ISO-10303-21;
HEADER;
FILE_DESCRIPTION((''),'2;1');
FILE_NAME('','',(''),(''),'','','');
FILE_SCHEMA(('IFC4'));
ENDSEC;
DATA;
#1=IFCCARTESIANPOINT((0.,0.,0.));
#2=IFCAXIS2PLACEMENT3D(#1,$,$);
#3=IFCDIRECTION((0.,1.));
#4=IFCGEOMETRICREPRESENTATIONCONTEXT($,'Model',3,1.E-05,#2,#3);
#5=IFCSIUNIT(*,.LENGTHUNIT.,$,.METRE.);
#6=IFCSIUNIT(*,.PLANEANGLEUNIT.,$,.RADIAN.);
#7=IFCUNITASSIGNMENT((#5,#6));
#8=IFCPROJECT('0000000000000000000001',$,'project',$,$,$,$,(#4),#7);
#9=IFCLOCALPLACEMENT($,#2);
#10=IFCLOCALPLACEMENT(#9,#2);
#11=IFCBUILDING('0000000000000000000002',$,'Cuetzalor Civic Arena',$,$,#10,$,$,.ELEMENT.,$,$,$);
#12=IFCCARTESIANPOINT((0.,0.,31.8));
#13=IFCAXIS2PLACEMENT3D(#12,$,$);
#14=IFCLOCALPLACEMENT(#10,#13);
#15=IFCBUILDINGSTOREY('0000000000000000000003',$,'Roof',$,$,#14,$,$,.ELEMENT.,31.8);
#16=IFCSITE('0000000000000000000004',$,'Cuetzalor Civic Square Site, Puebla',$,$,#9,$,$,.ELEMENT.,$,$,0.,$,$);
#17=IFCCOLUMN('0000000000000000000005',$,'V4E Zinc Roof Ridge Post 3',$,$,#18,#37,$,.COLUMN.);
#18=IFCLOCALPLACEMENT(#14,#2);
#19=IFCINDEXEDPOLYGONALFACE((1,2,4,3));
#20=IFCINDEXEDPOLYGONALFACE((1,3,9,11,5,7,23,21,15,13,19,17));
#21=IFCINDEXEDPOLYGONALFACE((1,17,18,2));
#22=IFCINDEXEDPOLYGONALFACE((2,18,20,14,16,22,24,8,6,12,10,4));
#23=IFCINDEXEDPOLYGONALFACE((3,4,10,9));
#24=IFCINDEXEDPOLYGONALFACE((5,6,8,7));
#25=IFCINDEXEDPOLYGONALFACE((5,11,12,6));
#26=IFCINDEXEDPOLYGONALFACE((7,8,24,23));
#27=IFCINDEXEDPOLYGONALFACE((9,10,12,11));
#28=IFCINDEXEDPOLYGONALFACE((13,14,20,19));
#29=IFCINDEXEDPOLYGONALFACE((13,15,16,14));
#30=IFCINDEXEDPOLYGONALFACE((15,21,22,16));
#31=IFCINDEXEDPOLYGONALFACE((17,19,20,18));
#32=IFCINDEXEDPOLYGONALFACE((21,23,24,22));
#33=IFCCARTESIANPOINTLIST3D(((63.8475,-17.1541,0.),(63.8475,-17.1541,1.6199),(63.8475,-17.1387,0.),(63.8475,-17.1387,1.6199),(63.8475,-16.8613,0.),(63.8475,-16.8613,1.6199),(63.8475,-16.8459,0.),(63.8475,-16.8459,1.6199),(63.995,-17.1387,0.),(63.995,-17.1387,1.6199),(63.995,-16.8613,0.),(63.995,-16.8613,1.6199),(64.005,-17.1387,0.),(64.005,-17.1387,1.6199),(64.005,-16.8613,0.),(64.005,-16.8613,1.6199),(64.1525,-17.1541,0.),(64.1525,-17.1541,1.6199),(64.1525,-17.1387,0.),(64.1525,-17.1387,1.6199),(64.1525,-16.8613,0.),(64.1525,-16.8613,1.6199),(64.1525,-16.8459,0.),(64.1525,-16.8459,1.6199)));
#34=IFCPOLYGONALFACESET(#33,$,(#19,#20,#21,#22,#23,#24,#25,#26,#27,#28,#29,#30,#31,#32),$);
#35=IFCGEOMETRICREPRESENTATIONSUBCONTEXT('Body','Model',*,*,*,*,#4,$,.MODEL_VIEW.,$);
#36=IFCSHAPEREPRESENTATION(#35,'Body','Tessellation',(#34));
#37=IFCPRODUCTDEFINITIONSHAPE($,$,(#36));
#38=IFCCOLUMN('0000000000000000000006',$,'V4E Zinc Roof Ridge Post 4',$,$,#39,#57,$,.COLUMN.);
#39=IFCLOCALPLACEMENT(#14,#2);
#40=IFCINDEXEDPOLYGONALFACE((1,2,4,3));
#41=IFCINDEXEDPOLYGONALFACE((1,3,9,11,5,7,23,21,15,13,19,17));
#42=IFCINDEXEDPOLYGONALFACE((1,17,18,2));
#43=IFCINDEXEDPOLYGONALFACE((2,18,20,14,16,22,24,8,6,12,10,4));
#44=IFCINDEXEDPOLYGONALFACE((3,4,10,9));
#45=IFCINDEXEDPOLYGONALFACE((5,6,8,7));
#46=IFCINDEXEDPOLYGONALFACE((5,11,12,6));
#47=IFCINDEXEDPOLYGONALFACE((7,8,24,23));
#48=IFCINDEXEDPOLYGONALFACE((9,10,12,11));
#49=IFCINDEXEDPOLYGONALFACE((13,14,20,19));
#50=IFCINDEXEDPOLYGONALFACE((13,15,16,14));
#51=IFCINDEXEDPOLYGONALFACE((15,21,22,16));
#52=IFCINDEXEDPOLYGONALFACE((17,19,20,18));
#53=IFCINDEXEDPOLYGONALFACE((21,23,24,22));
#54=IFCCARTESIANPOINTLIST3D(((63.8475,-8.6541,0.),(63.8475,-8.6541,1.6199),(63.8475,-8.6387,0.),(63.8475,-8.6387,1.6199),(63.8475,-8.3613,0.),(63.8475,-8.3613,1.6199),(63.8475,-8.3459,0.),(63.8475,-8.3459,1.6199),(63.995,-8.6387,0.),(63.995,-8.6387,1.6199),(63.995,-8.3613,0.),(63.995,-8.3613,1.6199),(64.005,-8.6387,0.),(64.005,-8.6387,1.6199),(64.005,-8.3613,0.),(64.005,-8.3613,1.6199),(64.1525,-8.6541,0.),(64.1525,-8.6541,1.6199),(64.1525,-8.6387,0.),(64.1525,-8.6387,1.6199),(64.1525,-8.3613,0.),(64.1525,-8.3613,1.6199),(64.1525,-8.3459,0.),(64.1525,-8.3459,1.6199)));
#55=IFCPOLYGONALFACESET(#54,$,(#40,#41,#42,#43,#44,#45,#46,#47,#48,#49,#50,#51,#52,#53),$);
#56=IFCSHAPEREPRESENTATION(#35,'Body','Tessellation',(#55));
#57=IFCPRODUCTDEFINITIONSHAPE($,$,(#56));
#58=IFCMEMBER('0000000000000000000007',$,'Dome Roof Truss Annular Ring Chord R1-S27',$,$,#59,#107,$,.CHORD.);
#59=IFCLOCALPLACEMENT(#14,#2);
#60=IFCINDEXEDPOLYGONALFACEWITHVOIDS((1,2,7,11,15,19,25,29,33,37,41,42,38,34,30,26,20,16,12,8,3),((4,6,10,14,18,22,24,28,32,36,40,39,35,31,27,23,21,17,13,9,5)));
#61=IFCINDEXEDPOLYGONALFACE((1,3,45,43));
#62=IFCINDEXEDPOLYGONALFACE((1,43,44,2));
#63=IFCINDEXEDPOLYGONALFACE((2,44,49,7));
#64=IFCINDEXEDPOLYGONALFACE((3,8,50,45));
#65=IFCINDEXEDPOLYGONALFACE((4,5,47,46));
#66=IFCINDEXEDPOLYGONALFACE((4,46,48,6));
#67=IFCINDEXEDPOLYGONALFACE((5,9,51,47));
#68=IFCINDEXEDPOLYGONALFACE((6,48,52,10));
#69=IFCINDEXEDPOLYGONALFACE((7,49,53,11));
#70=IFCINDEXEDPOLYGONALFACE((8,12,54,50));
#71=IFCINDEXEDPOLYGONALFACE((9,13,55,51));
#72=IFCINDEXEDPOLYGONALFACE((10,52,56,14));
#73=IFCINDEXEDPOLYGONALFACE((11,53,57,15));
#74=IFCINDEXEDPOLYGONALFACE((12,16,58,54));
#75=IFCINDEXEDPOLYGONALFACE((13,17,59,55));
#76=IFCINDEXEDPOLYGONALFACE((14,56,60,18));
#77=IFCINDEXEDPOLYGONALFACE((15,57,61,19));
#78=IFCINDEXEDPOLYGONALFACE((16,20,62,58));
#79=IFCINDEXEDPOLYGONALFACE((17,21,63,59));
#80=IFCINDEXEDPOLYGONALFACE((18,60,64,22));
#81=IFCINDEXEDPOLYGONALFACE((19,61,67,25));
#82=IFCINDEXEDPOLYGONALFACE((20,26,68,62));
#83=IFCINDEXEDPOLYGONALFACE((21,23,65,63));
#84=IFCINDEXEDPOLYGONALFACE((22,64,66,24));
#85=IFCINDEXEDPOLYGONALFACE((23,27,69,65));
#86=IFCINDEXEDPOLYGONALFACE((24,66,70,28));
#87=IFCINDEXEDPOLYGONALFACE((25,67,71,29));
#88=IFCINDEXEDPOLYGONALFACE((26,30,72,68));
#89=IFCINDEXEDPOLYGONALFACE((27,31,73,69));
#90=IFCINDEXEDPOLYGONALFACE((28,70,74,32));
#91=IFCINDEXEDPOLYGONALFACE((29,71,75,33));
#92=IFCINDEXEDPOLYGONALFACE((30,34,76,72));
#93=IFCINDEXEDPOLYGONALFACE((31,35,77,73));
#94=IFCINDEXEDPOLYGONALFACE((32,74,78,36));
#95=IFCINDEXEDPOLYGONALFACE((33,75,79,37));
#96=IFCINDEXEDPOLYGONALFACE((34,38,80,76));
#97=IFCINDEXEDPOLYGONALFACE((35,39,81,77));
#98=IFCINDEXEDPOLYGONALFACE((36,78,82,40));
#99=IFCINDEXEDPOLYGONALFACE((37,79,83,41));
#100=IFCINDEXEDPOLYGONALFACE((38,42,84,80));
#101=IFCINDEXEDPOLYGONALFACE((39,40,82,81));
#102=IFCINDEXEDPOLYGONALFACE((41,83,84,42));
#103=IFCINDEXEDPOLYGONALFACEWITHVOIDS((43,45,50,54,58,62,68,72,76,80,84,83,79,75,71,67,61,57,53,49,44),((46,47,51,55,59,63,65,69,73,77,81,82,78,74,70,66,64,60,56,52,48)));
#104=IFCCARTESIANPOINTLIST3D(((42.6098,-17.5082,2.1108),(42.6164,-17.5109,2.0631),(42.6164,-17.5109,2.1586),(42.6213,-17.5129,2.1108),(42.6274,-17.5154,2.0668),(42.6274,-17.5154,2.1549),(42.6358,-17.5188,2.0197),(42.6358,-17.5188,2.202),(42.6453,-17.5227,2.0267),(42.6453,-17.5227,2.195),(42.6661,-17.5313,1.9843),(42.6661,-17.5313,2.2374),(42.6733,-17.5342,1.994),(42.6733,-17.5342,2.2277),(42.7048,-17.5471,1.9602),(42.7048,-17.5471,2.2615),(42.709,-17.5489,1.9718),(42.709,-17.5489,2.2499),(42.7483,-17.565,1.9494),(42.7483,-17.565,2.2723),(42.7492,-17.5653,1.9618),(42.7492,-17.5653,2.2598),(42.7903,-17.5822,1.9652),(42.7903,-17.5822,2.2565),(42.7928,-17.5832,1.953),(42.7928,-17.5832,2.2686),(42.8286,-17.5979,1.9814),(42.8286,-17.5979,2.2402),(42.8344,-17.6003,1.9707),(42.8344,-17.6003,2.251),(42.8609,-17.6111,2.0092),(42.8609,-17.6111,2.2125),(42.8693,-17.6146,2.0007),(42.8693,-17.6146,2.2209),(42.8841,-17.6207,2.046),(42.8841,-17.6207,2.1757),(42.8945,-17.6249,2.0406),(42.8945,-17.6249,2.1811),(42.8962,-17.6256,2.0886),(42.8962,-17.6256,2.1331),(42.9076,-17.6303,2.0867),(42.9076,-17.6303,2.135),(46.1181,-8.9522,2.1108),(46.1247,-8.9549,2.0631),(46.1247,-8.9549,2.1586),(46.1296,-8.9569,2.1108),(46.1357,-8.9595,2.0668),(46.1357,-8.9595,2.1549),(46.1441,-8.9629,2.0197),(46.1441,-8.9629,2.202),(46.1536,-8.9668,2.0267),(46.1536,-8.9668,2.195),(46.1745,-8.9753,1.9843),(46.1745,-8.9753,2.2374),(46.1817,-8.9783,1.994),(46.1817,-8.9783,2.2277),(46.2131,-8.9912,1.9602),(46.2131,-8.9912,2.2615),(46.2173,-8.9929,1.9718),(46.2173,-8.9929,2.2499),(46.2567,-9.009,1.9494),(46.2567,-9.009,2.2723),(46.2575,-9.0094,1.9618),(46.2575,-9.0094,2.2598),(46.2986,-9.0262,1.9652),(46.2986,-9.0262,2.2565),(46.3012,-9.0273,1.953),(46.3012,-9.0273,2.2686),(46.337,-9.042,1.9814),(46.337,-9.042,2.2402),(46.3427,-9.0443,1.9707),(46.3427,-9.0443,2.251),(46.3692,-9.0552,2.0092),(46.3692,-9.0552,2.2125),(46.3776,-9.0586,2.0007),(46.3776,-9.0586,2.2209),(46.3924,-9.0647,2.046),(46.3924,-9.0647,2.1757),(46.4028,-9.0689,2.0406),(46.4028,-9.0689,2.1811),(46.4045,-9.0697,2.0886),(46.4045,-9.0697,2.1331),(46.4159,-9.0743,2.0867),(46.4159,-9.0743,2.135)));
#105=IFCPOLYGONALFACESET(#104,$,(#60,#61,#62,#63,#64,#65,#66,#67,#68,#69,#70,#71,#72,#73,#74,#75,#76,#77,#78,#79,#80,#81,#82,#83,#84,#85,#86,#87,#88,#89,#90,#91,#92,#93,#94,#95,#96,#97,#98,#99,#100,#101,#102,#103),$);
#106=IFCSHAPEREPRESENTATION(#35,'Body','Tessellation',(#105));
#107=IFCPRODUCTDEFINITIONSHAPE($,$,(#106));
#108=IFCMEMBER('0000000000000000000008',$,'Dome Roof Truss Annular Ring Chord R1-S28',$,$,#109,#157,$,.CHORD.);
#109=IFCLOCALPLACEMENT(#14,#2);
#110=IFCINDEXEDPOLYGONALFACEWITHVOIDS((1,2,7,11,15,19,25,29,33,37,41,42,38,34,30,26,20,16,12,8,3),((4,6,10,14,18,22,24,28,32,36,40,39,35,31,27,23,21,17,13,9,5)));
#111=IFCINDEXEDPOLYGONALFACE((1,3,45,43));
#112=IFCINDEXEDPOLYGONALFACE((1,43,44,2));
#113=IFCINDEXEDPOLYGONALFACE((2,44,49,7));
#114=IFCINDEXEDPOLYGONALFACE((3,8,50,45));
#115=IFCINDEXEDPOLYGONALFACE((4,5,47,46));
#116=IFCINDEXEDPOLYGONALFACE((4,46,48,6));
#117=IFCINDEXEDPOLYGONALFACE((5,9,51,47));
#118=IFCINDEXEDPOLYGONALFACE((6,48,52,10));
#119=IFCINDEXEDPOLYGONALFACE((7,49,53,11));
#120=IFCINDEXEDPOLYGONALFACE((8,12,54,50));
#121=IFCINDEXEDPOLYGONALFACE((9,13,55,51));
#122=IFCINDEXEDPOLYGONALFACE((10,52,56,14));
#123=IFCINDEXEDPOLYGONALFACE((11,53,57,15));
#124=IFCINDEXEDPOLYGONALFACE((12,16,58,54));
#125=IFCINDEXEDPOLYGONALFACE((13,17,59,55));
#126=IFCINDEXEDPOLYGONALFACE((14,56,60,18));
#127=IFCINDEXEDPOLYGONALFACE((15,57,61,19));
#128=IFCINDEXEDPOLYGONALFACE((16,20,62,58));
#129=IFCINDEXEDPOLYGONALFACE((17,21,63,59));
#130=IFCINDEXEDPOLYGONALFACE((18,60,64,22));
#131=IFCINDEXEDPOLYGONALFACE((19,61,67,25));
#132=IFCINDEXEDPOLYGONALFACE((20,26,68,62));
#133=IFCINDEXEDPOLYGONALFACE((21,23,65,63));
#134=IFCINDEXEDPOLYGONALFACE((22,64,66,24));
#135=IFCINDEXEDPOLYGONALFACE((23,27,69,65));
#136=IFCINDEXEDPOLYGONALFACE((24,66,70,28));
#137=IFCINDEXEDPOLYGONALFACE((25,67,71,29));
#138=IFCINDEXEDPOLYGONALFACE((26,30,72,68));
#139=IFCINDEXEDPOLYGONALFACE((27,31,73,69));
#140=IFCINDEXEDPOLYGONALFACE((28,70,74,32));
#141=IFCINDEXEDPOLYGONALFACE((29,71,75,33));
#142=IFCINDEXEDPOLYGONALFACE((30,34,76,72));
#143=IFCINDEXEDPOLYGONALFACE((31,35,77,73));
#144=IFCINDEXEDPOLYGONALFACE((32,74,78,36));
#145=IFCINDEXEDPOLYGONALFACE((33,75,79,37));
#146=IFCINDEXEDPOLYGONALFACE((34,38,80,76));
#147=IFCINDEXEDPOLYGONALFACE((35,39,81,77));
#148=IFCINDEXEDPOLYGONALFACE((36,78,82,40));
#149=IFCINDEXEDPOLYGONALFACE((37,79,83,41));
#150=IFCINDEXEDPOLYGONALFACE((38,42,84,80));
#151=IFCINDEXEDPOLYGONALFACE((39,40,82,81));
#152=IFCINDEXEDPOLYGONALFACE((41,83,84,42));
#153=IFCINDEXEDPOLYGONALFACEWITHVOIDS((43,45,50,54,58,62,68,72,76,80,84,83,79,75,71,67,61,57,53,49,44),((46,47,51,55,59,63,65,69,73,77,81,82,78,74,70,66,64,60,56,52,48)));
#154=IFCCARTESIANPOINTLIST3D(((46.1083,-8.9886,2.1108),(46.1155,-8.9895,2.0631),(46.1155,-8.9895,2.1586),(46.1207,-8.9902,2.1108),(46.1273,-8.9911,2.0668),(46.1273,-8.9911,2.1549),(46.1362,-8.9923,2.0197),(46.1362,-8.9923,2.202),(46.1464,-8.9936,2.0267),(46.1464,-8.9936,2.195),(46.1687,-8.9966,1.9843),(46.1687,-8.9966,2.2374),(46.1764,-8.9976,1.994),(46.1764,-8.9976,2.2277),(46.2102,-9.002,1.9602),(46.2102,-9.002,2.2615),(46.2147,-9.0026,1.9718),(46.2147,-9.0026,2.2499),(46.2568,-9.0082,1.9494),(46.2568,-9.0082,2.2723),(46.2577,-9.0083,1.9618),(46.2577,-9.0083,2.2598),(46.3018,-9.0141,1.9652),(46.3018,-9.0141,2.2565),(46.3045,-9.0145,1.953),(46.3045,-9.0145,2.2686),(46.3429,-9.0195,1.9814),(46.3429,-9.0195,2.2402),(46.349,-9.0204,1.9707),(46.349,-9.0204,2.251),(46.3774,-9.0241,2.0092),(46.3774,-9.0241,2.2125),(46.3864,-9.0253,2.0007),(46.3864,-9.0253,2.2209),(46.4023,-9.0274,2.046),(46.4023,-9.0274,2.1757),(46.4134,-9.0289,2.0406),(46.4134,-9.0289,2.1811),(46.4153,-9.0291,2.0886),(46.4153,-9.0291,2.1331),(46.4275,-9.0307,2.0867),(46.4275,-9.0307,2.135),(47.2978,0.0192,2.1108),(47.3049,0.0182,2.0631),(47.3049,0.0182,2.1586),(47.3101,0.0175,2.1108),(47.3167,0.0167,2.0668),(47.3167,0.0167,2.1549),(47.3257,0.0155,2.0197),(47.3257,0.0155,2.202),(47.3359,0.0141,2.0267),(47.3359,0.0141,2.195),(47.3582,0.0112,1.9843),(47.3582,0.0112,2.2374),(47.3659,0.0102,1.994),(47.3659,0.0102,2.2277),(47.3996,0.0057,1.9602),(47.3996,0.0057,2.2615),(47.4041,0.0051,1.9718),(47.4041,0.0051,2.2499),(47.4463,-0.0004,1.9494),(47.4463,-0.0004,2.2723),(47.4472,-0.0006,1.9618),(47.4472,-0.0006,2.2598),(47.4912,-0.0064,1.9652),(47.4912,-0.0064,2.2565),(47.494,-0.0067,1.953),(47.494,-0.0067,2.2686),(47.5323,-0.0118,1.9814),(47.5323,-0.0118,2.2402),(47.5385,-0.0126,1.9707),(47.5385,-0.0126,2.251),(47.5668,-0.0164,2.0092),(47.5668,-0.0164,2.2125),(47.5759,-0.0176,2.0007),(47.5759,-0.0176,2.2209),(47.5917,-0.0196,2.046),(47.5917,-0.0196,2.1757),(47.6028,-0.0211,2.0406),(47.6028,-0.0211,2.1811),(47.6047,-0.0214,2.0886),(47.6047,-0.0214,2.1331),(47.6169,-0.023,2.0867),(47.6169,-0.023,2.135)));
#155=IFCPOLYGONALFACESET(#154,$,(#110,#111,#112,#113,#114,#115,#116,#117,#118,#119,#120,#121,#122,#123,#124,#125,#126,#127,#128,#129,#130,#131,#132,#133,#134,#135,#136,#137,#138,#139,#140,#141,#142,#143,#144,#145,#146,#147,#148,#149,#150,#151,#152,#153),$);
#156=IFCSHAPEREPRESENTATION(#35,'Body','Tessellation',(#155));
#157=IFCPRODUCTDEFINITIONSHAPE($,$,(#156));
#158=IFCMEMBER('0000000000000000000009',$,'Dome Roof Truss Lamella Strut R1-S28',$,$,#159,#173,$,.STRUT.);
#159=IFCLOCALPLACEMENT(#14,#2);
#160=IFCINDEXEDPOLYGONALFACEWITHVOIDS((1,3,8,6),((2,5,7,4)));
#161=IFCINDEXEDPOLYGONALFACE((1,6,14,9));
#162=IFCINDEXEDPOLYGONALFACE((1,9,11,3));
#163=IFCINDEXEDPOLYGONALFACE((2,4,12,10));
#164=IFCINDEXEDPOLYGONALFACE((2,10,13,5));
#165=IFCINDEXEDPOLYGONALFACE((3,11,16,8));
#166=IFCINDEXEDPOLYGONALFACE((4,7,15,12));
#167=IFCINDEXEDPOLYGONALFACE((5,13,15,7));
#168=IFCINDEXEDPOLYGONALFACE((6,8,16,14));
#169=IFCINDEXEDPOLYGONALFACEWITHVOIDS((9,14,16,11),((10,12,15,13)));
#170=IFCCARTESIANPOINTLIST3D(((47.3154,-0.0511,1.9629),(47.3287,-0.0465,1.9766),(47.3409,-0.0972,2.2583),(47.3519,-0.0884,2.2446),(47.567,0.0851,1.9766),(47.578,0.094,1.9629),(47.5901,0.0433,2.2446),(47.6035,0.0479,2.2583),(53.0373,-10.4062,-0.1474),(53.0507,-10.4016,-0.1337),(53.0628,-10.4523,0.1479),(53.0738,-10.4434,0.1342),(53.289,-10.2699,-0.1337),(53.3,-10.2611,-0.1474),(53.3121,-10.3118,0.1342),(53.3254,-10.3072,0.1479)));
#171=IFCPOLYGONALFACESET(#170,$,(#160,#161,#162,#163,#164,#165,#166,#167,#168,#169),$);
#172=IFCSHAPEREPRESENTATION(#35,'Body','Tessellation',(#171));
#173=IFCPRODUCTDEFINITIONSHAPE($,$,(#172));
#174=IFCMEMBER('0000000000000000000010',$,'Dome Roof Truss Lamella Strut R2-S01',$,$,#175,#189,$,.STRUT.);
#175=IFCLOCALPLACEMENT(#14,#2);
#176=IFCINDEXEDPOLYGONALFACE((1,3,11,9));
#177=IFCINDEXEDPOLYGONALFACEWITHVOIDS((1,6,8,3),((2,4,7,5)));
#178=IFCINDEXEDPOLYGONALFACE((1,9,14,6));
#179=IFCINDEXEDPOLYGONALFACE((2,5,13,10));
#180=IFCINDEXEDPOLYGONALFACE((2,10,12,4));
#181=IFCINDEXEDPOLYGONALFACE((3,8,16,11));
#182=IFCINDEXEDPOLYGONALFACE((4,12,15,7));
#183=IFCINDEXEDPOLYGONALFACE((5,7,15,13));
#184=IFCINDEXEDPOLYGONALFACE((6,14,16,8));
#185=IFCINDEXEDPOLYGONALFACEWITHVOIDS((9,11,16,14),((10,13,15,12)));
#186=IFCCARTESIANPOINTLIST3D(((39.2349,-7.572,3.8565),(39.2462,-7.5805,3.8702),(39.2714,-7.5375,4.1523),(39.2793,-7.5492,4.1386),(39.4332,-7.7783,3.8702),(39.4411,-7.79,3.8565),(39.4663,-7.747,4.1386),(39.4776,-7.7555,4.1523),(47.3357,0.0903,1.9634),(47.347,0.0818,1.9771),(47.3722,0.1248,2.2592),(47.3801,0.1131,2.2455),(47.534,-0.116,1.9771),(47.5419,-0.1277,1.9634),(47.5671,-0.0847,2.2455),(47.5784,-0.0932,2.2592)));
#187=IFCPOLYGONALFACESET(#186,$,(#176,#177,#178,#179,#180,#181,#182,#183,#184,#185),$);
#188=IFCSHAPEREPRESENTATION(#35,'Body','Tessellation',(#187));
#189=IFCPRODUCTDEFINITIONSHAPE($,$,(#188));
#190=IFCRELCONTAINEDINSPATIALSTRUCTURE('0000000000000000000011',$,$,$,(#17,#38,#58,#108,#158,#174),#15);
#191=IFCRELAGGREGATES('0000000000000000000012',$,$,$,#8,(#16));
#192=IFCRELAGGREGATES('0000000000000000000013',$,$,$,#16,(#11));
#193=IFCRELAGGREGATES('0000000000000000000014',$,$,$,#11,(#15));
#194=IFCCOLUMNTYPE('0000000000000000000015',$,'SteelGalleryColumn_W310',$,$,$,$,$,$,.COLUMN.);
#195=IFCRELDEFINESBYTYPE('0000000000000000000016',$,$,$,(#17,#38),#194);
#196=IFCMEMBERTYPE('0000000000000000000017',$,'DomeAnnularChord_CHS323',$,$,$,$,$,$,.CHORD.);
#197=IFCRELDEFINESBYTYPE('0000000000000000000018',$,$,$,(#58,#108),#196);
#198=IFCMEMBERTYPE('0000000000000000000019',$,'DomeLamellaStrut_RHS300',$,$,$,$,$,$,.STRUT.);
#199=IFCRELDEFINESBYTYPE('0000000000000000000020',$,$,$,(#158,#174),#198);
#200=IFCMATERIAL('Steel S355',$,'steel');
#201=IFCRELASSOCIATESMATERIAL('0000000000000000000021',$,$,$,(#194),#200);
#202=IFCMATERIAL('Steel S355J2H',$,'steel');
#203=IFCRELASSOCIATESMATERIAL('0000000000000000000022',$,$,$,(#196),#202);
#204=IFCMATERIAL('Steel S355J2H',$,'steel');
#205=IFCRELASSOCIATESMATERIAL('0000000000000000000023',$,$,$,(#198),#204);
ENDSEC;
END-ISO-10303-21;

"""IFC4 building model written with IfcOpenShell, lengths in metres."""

from ifc_helpers import new_model, si_unit, direction, frame, origin, origin_2d, place, context, subcontext, project, spatial, hollow_rectangle, hollow_circle, i_section, extrude, material, material_profile, profile_set, type_object, element, save


model = new_model("IFC4")

# Units and contexts
model_context = context("Model", 3, precision=1e-05, world=origin(), true_north=direction((0.0, 1.0)))
body_context = subcontext(model_context, "Body", "Model", "MODEL_VIEW")
ifc_project = project(units=[si_unit("LENGTHUNIT", "METRE"), si_unit("PLANEANGLEUNIT", "RADIAN")], contexts=[model_context])

# Site, building, storey
site_placement = place(None, origin())
site = spatial("IfcSite", under=ifc_project, at=site_placement, Name="Cuetzalor Civic Square Site, Puebla", CompositionType="ELEMENT", RefElevation=0.0)
building_placement = place(site_placement, origin())
building = spatial("IfcBuilding", under=site, at=building_placement, Name="Cuetzalor Civic Arena", CompositionType="ELEMENT")
storey_placement = place(building_placement, frame((0.0, 0.0, 31.8)))
storey = spatial("IfcBuildingStorey", under=building, at=storey_placement, Name="Roof", CompositionType="ELEMENT", Elevation=31.8)

# Columns
ifc_material_1 = material(Name="Steel S355", Category="steel")
ifc_material_profile_1 = material_profile(ifc_material_1, i_section(OverallWidth=0.3049, OverallDepth=0.3081, WebThickness=0.01, FlangeThickness=0.0154, at=origin_2d()), Name="W310x97")
ifc_profile_set_1 = profile_set([ifc_material_profile_1], Name="Steel S355")
column_type = type_object("IfcColumnType", Name="SteelGalleryColumn_W310", PredefinedType="COLUMN", material=ifc_profile_set_1)
for number, where, z_axis, x_axis, name in (
    (1, (64.0, -17.0, 0.0), (0.0, 0.0, 1.0), (1.0, 0.0, 0.0), "V4E Zinc Roof Ridge Post 3"),
    (2, (64.0, -8.5, 0.0), (0.0, 0.0, 1.0), (1.0, 0.0, 0.0), "V4E Zinc Roof Ridge Post 4"),
):
    element("IfcColumn", number, at=place(storey_placement, frame(where, z_axis=z_axis, x_axis=x_axis)), inside=storey, type_object=column_type, Name=name, PredefinedType="COLUMN", context=body_context, shape_type="SweptSolid", body=[
        extrude(i_section(OverallWidth=0.3049, OverallDepth=0.3081, WebThickness=0.01, FlangeThickness=0.0154, at=origin_2d()), origin(), (0.0, 0.0, 1.0), 1.6199),
    ])

# Members
ifc_material_2 = material(Name="Steel S355J2H", Category="steel")
ifc_material_profile_2 = material_profile(ifc_material_2, hollow_circle(Radius=0.1619, WallThickness=0.0125, at=origin_2d()), Name="CHS 323.9x12.5")
ifc_profile_set_2 = profile_set([ifc_material_profile_2], Name="Steel S355J2H")
member_type_1 = type_object("IfcMemberType", Name="DomeAnnularChord_CHS323", PredefinedType="CHORD", material=ifc_profile_set_2)
member_1_placement = place(storey_placement, frame((42.7595, -17.5696, 2.1108), z_axis=(0.379388, 0.925238, 0.0), x_axis=(-0.925238, 0.379388, 0.0)))
element("IfcMember", 3, at=member_1_placement, inside=storey, type_object=member_type_1, Name="Dome Roof Truss Annular Ring Chord R1-S27", PredefinedType="CHORD", context=body_context, shape_type="SweptSolid", body=[
    extrude(hollow_circle(Radius=0.1619, WallThickness=0.0125, at=origin_2d()), origin(), (0.0, 0.0, 1.0), 9.2473),
])
member_2_placement = place(storey_placement, frame((46.2688, -9.0098, 2.1108), z_axis=(0.13091, 0.991394, 0.0), x_axis=(-0.991394, 0.13091, 0.0)))
element("IfcMember", 4, at=member_2_placement, inside=storey, type_object=member_type_1, Name="Dome Roof Truss Annular Ring Chord R1-S28", PredefinedType="CHORD", context=body_context, shape_type="SweptSolid", body=[
    extrude(hollow_circle(Radius=0.1619, WallThickness=0.0125, at=origin_2d()), origin(), (0.0, 0.0, 1.0), 9.0859),
])
ifc_material_3 = material(Name="Steel S355J2H", Category="steel")
ifc_material_profile_3 = material_profile(ifc_material_3, hollow_rectangle(XDim=0.3, YDim=0.3, WallThickness=0.0139, at=origin_2d()), Name="RHS 300x300x14")
ifc_profile_set_3 = profile_set([ifc_material_profile_3], Name="Steel S355J2H")
member_type_2 = type_object("IfcMemberType", Name="DomeLamellaStrut_RHS300", PredefinedType="STRUT", material=ifc_profile_set_3)
member_3_placement = place(storey_placement, frame((53.1814, -10.3567, 0.0002), z_axis=(-0.476134, 0.861661, 0.175607), x_axis=(-0.875262, -0.48365, 0.0)))
element("IfcMember", 5, at=member_3_placement, inside=storey, type_object=member_type_2, Name="Dome Roof Truss Lamella Strut R1-S28", PredefinedType="STRUT", context=body_context, shape_type="SweptSolid", body=[
    extrude(hollow_rectangle(XDim=0.3, YDim=0.3, WallThickness=0.0139, at=origin_2d()), origin(), (0.0, 0.0, 1.0), 12.0176),
])
member_4_placement = place(storey_placement, frame((47.457, -0.0015, 2.1113), z_axis=(-0.716246, -0.677478, 0.167378), x_axis=(0.687172, -0.726495, 0.0)))
element("IfcMember", 6, at=member_4_placement, inside=storey, type_object=member_type_2, Name="Dome Roof Truss Lamella Strut R2-S01", PredefinedType="STRUT", context=body_context, shape_type="SweptSolid", body=[
    extrude(hollow_rectangle(XDim=0.3, YDim=0.3, WallThickness=0.0139, at=origin_2d()), origin(), (0.0, 0.0, 1.0), 11.3101),
])

save(model, "model.ifc")
